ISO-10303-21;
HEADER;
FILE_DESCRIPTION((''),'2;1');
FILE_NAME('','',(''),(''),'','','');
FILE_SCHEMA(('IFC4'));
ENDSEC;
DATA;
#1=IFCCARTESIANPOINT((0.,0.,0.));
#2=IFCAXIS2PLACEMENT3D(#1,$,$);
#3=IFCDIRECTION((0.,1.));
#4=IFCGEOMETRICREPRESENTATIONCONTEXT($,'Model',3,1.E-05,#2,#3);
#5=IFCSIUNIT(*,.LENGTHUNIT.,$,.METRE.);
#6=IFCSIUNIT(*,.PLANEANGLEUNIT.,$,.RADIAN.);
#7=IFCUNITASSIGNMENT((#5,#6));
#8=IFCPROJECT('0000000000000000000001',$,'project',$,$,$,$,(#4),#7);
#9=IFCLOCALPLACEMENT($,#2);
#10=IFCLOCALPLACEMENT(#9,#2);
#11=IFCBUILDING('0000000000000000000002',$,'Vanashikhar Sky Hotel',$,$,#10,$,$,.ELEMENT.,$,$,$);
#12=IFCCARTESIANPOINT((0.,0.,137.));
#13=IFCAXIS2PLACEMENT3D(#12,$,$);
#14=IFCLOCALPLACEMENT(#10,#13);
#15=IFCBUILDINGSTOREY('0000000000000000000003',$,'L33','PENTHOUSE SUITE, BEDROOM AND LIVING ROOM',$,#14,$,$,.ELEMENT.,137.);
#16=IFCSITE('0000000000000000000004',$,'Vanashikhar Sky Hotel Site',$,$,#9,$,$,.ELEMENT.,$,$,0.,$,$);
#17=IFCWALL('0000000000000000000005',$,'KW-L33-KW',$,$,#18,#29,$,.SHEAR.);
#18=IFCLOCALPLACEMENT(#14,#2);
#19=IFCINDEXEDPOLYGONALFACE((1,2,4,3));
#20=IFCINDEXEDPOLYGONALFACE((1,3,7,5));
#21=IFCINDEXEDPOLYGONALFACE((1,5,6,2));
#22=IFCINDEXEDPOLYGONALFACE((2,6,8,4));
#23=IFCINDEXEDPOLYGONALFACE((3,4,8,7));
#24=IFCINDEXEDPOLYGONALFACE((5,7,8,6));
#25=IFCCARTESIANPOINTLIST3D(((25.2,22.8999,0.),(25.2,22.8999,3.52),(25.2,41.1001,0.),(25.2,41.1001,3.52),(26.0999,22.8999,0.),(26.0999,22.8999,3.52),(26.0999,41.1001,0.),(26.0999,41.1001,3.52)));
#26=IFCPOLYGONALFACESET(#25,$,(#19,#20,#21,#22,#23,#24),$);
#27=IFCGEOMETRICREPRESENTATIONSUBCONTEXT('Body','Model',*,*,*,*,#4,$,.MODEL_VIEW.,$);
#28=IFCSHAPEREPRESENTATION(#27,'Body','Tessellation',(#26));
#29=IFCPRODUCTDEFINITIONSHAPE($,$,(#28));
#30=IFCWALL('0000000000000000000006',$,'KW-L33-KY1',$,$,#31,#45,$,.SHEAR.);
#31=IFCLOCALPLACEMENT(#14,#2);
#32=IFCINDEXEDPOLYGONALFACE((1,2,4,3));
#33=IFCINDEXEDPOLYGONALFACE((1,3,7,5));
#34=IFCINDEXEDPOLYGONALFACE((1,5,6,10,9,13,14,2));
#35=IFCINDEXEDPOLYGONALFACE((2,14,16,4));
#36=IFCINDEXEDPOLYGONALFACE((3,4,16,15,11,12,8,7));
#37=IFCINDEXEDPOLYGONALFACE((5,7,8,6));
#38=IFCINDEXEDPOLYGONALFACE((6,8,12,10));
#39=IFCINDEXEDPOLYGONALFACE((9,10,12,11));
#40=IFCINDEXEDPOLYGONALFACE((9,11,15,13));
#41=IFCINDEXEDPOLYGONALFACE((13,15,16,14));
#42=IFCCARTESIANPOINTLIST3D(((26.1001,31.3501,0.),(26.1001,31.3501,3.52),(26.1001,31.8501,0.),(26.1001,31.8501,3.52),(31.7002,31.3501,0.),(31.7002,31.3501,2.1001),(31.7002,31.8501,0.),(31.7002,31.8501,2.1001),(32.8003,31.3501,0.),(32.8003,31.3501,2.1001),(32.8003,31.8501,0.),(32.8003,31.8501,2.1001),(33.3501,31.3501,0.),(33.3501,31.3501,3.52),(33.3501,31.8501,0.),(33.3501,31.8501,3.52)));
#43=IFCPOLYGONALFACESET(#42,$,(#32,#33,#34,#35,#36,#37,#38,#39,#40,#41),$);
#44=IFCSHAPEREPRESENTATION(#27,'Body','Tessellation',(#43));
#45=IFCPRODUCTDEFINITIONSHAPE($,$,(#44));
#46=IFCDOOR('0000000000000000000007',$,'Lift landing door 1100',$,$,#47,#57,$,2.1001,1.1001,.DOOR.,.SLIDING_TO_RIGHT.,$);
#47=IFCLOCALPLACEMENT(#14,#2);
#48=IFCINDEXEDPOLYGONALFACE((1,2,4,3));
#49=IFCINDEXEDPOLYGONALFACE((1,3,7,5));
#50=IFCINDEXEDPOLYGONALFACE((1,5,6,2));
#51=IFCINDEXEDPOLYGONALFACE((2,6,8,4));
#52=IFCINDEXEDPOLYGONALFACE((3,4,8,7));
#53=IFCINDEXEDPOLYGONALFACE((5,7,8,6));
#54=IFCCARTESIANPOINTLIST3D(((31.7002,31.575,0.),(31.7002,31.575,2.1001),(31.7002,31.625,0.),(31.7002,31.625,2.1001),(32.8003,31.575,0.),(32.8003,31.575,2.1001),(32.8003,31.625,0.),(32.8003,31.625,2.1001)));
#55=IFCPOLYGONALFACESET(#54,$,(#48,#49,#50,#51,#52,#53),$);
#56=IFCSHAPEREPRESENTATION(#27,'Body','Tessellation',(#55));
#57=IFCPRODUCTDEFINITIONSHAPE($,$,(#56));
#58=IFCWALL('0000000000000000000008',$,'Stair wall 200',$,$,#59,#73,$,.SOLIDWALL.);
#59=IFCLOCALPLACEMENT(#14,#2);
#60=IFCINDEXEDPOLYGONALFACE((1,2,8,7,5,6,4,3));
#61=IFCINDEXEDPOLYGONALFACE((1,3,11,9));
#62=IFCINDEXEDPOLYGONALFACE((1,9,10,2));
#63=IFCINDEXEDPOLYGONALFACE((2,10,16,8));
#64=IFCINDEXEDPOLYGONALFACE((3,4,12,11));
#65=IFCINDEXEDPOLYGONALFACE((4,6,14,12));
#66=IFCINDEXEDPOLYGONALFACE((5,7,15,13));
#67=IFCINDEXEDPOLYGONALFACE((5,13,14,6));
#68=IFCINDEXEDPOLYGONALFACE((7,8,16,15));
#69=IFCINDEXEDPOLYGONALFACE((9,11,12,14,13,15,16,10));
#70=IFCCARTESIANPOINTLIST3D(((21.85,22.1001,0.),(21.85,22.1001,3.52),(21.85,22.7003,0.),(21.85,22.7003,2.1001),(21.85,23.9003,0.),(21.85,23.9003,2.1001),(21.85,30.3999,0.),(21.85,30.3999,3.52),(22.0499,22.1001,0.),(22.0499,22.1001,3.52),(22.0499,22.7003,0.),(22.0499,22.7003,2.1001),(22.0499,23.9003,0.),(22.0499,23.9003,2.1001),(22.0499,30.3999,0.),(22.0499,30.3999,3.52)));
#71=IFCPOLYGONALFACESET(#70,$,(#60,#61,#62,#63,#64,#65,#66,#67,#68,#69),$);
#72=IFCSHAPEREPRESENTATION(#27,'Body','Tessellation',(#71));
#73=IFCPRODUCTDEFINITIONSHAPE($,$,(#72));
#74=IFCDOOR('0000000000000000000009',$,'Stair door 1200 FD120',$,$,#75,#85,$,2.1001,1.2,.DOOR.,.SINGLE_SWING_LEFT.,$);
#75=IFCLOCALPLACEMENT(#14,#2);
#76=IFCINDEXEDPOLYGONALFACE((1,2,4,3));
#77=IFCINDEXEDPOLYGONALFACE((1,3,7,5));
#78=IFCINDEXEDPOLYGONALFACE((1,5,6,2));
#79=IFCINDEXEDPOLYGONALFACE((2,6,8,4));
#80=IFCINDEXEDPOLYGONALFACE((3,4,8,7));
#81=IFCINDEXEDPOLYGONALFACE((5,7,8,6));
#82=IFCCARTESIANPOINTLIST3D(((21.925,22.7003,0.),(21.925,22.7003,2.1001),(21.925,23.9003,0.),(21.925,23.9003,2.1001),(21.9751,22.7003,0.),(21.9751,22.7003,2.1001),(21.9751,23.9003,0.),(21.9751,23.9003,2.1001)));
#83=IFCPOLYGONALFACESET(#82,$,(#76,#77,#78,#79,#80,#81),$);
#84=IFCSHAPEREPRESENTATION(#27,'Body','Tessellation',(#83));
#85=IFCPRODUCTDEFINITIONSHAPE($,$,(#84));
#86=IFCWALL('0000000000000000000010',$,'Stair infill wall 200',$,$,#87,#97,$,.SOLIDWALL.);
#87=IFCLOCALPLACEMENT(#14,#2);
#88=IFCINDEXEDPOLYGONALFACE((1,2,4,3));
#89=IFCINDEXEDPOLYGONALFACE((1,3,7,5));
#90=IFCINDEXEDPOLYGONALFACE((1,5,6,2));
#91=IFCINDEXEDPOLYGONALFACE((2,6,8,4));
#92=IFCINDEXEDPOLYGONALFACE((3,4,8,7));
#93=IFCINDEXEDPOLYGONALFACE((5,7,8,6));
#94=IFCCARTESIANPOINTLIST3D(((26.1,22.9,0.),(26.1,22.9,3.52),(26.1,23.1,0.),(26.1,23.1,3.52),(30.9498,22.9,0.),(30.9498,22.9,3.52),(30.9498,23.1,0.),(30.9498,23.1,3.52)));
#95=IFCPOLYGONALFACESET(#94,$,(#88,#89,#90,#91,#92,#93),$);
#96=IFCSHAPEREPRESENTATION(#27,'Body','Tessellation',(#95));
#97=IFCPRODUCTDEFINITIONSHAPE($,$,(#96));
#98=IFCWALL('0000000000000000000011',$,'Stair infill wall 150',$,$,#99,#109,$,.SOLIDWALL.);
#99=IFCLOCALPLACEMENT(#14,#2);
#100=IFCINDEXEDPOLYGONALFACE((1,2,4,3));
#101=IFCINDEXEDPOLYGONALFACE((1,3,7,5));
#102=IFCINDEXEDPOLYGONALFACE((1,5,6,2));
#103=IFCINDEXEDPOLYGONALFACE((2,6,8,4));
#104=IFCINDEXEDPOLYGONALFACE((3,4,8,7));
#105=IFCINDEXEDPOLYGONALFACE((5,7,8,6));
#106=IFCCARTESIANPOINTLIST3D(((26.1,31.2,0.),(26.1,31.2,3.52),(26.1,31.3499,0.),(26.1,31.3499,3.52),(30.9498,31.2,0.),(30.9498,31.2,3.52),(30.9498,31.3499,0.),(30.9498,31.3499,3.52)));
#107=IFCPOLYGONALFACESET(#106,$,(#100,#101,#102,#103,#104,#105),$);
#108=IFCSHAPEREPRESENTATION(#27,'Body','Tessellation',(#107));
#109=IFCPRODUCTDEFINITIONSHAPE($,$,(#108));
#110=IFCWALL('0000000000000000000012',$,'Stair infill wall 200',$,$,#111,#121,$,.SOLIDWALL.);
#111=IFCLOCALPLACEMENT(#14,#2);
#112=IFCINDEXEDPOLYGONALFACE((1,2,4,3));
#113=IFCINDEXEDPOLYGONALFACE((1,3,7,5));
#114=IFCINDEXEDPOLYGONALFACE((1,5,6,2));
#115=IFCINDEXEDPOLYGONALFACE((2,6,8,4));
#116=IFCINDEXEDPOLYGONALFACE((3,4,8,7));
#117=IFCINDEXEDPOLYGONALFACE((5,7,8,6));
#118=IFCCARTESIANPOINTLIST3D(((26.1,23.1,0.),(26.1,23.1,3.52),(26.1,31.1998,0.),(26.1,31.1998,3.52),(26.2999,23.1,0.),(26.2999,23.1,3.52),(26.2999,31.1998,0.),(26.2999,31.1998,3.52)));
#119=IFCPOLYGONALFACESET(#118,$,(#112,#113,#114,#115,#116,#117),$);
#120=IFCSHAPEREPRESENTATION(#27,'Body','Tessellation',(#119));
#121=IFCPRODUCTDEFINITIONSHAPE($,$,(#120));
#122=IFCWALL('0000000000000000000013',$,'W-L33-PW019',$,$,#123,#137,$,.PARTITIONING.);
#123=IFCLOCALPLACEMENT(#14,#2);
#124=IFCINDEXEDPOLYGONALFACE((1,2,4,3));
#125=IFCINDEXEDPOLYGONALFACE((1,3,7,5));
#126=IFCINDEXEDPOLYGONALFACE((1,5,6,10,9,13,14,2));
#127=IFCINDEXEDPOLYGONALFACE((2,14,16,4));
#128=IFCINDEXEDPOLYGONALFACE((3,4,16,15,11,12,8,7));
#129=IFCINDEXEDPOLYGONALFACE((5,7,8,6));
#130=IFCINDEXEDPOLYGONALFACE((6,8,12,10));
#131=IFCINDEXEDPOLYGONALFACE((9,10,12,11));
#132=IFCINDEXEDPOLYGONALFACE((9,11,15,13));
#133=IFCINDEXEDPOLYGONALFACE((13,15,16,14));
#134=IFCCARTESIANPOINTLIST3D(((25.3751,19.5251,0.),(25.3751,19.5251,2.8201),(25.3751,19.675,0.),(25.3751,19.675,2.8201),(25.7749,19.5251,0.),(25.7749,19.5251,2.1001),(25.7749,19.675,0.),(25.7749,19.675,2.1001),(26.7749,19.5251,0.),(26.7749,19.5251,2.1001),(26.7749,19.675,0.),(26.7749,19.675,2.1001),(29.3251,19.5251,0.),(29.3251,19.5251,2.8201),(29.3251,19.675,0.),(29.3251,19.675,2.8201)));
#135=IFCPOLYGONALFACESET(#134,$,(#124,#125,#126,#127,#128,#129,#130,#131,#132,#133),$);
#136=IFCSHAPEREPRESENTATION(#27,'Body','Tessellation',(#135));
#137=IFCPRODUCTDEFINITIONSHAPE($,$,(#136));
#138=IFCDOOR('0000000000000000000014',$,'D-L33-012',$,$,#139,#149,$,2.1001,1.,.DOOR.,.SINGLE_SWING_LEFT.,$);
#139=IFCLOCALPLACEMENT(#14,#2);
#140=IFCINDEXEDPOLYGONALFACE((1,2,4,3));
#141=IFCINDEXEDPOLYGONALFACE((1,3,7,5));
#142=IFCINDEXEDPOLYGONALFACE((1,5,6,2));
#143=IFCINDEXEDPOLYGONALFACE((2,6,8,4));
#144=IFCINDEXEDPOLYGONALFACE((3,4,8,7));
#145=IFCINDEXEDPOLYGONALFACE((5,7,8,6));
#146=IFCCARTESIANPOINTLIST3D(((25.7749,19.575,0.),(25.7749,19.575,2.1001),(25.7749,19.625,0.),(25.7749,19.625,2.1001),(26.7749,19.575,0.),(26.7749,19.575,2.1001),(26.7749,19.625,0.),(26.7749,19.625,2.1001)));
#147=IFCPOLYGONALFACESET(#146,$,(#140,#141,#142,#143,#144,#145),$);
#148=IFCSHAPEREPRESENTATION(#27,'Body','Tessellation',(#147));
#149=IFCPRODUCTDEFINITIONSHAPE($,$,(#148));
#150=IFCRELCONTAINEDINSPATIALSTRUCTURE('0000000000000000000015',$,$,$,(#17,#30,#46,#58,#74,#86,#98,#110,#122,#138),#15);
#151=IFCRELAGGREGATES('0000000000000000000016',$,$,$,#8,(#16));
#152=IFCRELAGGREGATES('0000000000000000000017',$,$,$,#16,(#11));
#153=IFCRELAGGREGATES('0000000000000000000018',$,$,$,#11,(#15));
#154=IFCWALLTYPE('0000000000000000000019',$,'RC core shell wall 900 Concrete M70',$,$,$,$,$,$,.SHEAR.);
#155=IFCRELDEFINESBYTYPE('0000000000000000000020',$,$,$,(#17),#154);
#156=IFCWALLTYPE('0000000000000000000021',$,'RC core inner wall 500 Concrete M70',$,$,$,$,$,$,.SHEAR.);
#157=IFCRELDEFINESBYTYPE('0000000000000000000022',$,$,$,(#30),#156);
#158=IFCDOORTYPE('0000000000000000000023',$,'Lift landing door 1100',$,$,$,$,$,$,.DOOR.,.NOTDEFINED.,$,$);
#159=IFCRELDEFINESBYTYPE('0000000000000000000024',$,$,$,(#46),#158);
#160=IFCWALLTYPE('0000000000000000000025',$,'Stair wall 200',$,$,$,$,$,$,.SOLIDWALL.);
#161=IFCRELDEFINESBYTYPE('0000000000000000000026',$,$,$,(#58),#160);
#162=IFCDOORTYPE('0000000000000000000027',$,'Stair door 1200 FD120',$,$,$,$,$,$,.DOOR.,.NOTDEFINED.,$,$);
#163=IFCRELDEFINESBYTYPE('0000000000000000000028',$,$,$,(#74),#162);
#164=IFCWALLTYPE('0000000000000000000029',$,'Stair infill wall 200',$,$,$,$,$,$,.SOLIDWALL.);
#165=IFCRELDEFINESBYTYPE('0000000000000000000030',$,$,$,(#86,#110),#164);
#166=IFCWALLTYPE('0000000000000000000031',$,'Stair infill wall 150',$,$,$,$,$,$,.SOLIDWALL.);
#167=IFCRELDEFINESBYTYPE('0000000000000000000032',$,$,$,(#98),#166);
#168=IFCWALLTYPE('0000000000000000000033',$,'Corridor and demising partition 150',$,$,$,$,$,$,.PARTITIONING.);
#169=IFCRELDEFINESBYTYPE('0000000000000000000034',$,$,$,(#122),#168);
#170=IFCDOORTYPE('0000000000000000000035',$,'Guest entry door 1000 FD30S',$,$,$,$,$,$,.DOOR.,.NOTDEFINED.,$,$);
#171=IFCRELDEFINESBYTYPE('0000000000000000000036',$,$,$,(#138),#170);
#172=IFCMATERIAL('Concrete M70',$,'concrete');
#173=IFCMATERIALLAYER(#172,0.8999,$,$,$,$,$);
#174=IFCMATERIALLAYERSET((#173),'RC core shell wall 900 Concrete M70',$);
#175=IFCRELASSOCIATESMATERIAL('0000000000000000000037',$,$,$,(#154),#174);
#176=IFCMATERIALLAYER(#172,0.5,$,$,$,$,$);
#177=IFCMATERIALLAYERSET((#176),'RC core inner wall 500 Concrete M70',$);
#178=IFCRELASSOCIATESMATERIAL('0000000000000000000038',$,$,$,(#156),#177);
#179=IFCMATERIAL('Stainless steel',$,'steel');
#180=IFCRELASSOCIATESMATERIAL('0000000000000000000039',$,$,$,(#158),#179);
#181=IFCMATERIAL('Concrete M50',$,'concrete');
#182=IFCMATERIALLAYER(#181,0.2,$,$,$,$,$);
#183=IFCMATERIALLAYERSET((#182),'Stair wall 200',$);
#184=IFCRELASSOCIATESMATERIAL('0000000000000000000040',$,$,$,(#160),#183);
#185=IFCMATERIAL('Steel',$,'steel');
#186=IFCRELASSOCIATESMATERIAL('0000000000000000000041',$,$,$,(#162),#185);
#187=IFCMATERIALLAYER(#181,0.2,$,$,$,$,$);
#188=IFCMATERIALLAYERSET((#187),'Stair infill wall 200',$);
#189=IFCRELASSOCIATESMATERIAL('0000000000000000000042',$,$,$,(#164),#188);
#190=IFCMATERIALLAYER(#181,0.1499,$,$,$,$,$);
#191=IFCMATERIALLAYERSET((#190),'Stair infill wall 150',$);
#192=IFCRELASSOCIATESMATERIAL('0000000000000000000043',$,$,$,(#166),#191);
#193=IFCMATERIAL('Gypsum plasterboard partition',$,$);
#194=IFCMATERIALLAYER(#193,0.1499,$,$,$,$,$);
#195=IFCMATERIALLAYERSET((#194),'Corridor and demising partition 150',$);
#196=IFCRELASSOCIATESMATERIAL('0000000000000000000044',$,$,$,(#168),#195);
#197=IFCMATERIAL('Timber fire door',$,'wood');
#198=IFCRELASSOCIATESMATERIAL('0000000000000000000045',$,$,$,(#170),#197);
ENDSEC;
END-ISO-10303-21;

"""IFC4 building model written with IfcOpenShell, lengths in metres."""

from ifc_helpers import new_model, si_unit, direction, frame, frame_2d, origin, place, context, subcontext, project, spatial, rectangle, extrude, source, transform, mapped, material, layer, layer_set, type_object, element, fill, save


model = new_model("IFC4")

# Units and contexts
model_context = context("Model", 3, precision=1e-05, world=origin(), true_north=direction((0.0, 1.0)))
body_context = subcontext(model_context, "Body", "Model", "MODEL_VIEW")
ifc_project = project(units=[si_unit("LENGTHUNIT", "METRE"), si_unit("PLANEANGLEUNIT", "RADIAN")], contexts=[model_context])

# Site, building, storey
site_placement = place(None, origin())
site = spatial("IfcSite", under=ifc_project, at=site_placement, Name="Vanashikhar Sky Hotel Site", CompositionType="ELEMENT", RefElevation=0.0)
building_placement = place(site_placement, origin())
building = spatial("IfcBuilding", under=site, at=building_placement, Name="Vanashikhar Sky Hotel", CompositionType="ELEMENT")
storey_placement = place(building_placement, frame((0.0, 0.0, 137.0)))
storey = spatial("IfcBuildingStorey", under=building, at=storey_placement, Name="L33", Description="PENTHOUSE SUITE, BEDROOM AND LIVING ROOM", CompositionType="ELEMENT", Elevation=137.0)

# Shared definitions
ifc_material_1 = material(Name="Concrete M70", Category="concrete")
ifc_layer_1 = layer(ifc_material_1, 0.8999)
ifc_layer_set_1 = layer_set([ifc_layer_1], Name="RC core shell wall 900 Concrete M70")
wall_type_1 = type_object("IfcWallType", Name="RC core shell wall 900 Concrete M70", PredefinedType="SHEAR", material=ifc_layer_set_1)
ifc_material_2 = material(Name="Steel", Category="steel")

# Wall
shared_shape_1 = source(origin(), body_context, "Body", "SweptSolid", [
    extrude(rectangle(XDim=18.2002, YDim=0.8999, at=frame_2d((9.1001, 0.0))), origin(), (0.0, 0.0, 1.0), 3.52),
])
wall_1_placement = place(storey_placement, frame((25.6499, 22.8999, 0.0), z_axis=(0.0, 0.0, 1.0), x_axis=(0.0, 1.0, 0.0)))
element("IfcWall", 1, at=wall_1_placement, inside=storey, type_object=wall_type_1, Name="KW-L33-KW", PredefinedType="SHEAR", context=body_context, shape_type="MappedRepresentation", body=[
    mapped(shared_shape_1, transform((0.0, 0.0, 0.0), scale=1.0)),
])

# Walls, openings, doors
ifc_layer_2 = layer(ifc_material_1, 0.5)
ifc_layer_set_2 = layer_set([ifc_layer_2], Name="RC core inner wall 500 Concrete M70")
wall_type_2 = type_object("IfcWallType", Name="RC core inner wall 500 Concrete M70", PredefinedType="SHEAR", material=ifc_layer_set_2)
shared_shape_2 = source(origin(), body_context, "Body", "SweptSolid", [
    extrude(rectangle(XDim=7.25, YDim=0.5, at=frame_2d((3.625, 0.0))), origin(), (0.0, 0.0, 1.0), 3.52),
])
wall_2_placement = place(storey_placement, frame((26.1001, 31.6001, 0.0), z_axis=(0.0, 0.0, 1.0), x_axis=(1.0, 0.0, 0.0)))
wall_2 = element("IfcWall", 2, at=wall_2_placement, inside=storey, type_object=wall_type_2, Name="KW-L33-KY1", PredefinedType="SHEAR", context=body_context, shape_type="MappedRepresentation", body=[
    mapped(shared_shape_2, transform((0.0, 0.0, 0.0), scale=1.0)),
])
shared_shape_3 = source(origin(), body_context, "Body", "SweptSolid", [
    extrude(rectangle(XDim=1.1001, YDim=2.1001, at=frame_2d((0.55, 1.05))), frame((0.0, 0.26, 0.0), z_axis=(0.0, -1.0, 0.0), x_axis=(1.0, 0.0, 0.0)), (0.0, 0.0, 1.0), 0.52),
])
opening_1_placement = place(wall_2_placement, frame((5.6001, 0.0, 0.0)))
opening_1 = element("IfcOpeningElement", 3, at=opening_1_placement, cuts=wall_2, PredefinedType="OPENING", context=body_context, shape_type="MappedRepresentation", body=[
    mapped(shared_shape_3, transform((0.0, 0.0, 0.0), scale=1.0)),
])
ifc_material_3 = material(Name="Stainless steel", Category="steel")
door_type_1 = type_object("IfcDoorType", Name="Lift landing door 1100", OperationType="NOTDEFINED", PredefinedType="DOOR", material=ifc_material_3)
shared_shape_4 = source(origin(), body_context, "Body", "SweptSolid", [
    extrude(rectangle(XDim=1.1001, YDim=2.1001, at=frame_2d((0.55, 1.05))), frame((0.0, 0.0249, 0.0), z_axis=(0.0, -1.0, 0.0), x_axis=(1.0, 0.0, 0.0)), (0.0, 0.0, 1.0), 0.05),
])
door_1_placement = place(opening_1_placement, origin())
door_1 = element("IfcDoor", 4, at=door_1_placement, inside=storey, type_object=door_type_1, Name="Lift landing door 1100", OperationType="SLIDING_TO_RIGHT", OverallHeight=2.1001, OverallWidth=1.1001, PredefinedType="DOOR", context=body_context, shape_type="MappedRepresentation", body=[
    mapped(shared_shape_4, transform((0.0, 0.0, 0.0), scale=1.0)),
])
fill(opening_1, door_1)
ifc_material_4 = material(Name="Concrete M50", Category="concrete")
ifc_layer_3 = layer(ifc_material_4, 0.2)
ifc_layer_set_3 = layer_set([ifc_layer_3], Name="Stair wall 200")
wall_type_3 = type_object("IfcWallType", Name="Stair wall 200", PredefinedType="SOLIDWALL", material=ifc_layer_set_3)
shared_shape_5 = source(origin(), body_context, "Body", "SweptSolid", [
    extrude(rectangle(XDim=8.2998, YDim=0.2, at=frame_2d((4.1499, 0.0))), origin(), (0.0, 0.0, 1.0), 3.52),
])
wall_3_placement = place(storey_placement, frame((21.95, 22.1001, 0.0), z_axis=(0.0, 0.0, 1.0), x_axis=(0.0, 1.0, 0.0)))
wall_3 = element("IfcWall", 5, at=wall_3_placement, inside=storey, type_object=wall_type_3, Name="Stair wall 200", PredefinedType="SOLIDWALL", context=body_context, shape_type="MappedRepresentation", body=[
    mapped(shared_shape_5, transform((0.0, 0.0, 0.0), scale=1.0)),
])
shared_shape_6 = source(origin(), body_context, "Body", "SweptSolid", [
    extrude(rectangle(XDim=1.2, YDim=2.1001, at=frame_2d((0.6001, 1.05))), frame((0.0, 0.1099, 0.0), z_axis=(0.0, -1.0, 0.0), x_axis=(1.0, 0.0, 0.0)), (0.0, 0.0, 1.0), 0.22),
])
opening_2_placement = place(wall_3_placement, frame((0.6001, 0.0, 0.0)))
opening_2 = element("IfcOpeningElement", 6, at=opening_2_placement, cuts=wall_3, PredefinedType="OPENING", context=body_context, shape_type="MappedRepresentation", body=[
    mapped(shared_shape_6, transform((0.0, 0.0, 0.0), scale=1.0)),
])
door_type_2 = type_object("IfcDoorType", Name="Stair door 1200 FD120", OperationType="NOTDEFINED", PredefinedType="DOOR", material=ifc_material_2)
shared_shape_7 = source(origin(), body_context, "Body", "SweptSolid", [
    extrude(rectangle(XDim=1.2, YDim=2.1001, at=frame_2d((0.6001, 1.05))), frame((0.0, 0.0249, 0.0), z_axis=(0.0, -1.0, 0.0), x_axis=(1.0, 0.0, 0.0)), (0.0, 0.0, 1.0), 0.05),
])
door_2_placement = place(opening_2_placement, origin())
door_2 = element("IfcDoor", 7, at=door_2_placement, inside=storey, type_object=door_type_2, Name="Stair door 1200 FD120", OperationType="SINGLE_SWING_LEFT", OverallHeight=2.1001, OverallWidth=1.2, PredefinedType="DOOR", context=body_context, shape_type="MappedRepresentation", body=[
    mapped(shared_shape_7, transform((0.0, 0.0, 0.0), scale=1.0)),
])
fill(opening_2, door_2)

# Walls
ifc_layer_4 = layer(ifc_material_4, 0.2)
ifc_layer_set_4 = layer_set([ifc_layer_4], Name="Stair infill wall 200")
wall_type_4 = type_object("IfcWallType", Name="Stair infill wall 200", PredefinedType="SOLIDWALL", material=ifc_layer_set_4)
shared_shape_8 = source(origin(), body_context, "Body", "SweptSolid", [
    extrude(rectangle(XDim=4.8499, YDim=0.2, at=frame_2d((2.4248, 0.0))), origin(), (0.0, 0.0, 1.0), 3.52),
])
wall_4_placement = place(storey_placement, frame((26.1001, 23.0, 0.0), z_axis=(0.0, 0.0, 1.0), x_axis=(1.0, 0.0, 0.0)))
element("IfcWall", 8, at=wall_4_placement, inside=storey, type_object=wall_type_4, Name="Stair infill wall 200", PredefinedType="SOLIDWALL", context=body_context, shape_type="MappedRepresentation", body=[
    mapped(shared_shape_8, transform((0.0, 0.0, 0.0), scale=1.0)),
])
ifc_layer_5 = layer(ifc_material_4, 0.1499)
ifc_layer_set_5 = layer_set([ifc_layer_5], Name="Stair infill wall 150")
wall_type_5 = type_object("IfcWallType", Name="Stair infill wall 150", PredefinedType="SOLIDWALL", material=ifc_layer_set_5)
shared_shape_9 = source(origin(), body_context, "Body", "SweptSolid", [
    extrude(rectangle(XDim=4.8499, YDim=0.1499, at=frame_2d((2.4248, 0.0))), origin(), (0.0, 0.0, 1.0), 3.52),
])
wall_5_placement = place(storey_placement, frame((26.1001, 31.2749, 0.0), z_axis=(0.0, 0.0, 1.0), x_axis=(1.0, 0.0, 0.0)))
element("IfcWall", 9, at=wall_5_placement, inside=storey, type_object=wall_type_5, Name="Stair infill wall 150", PredefinedType="SOLIDWALL", context=body_context, shape_type="MappedRepresentation", body=[
    mapped(shared_shape_9, transform((0.0, 0.0, 0.0), scale=1.0)),
])
shared_shape_10 = source(origin(), body_context, "Body", "SweptSolid", [
    extrude(rectangle(XDim=8.0999, YDim=0.2, at=frame_2d((4.0498, 0.0))), origin(), (0.0, 0.0, 1.0), 3.52),
])
wall_6_placement = place(storey_placement, frame((26.2, 23.1001, 0.0), z_axis=(0.0, 0.0, 1.0), x_axis=(0.0, 1.0, 0.0)))
element("IfcWall", 10, at=wall_6_placement, inside=storey, type_object=wall_type_4, Name="Stair infill wall 200", PredefinedType="SOLIDWALL", context=body_context, shape_type="MappedRepresentation", body=[
    mapped(shared_shape_10, transform((0.0, 0.0, 0.0), scale=1.0)),
])

# Wall, opening, door
ifc_material_5 = material(Name="Gypsum plasterboard partition")
ifc_layer_6 = layer(ifc_material_5, 0.1499)
ifc_layer_set_6 = layer_set([ifc_layer_6], Name="Corridor and demising partition 150")
wall_type_6 = type_object("IfcWallType", Name="Corridor and demising partition 150", PredefinedType="PARTITIONING", material=ifc_layer_set_6)
shared_shape_11 = source(origin(), body_context, "Body", "SweptSolid", [
    extrude(rectangle(XDim=3.95, YDim=0.1499, at=frame_2d((1.9751, 0.0))), origin(), (0.0, 0.0, 1.0), 2.8201),
])
wall_7_placement = place(storey_placement, frame((25.375, 19.6001, 0.0), z_axis=(0.0, 0.0, 1.0), x_axis=(1.0, 0.0, 0.0)))
wall_7 = element("IfcWall", 11, at=wall_7_placement, inside=storey, type_object=wall_type_6, Name="W-L33-PW019", PredefinedType="PARTITIONING", context=body_context, shape_type="MappedRepresentation", body=[
    mapped(shared_shape_11, transform((0.0, 0.0, 0.0), scale=1.0)),
])
shared_shape_12 = source(origin(), body_context, "Body", "SweptSolid", [
    extrude(rectangle(XDim=1.0, YDim=2.1001, at=frame_2d((0.5, 1.05))), frame((0.0, 0.085, 0.0), z_axis=(0.0, -1.0, 0.0), x_axis=(1.0, 0.0, 0.0)), (0.0, 0.0, 1.0), 0.1699),
])
opening_3_placement = place(wall_7_placement, frame((0.3999, 0.0, 0.0)))
opening_3 = element("IfcOpeningElement", 12, at=opening_3_placement, cuts=wall_7, PredefinedType="OPENING", context=body_context, shape_type="MappedRepresentation", body=[
    mapped(shared_shape_12, transform((0.0, 0.0, 0.0), scale=1.0)),
])
ifc_material_6 = material(Name="Timber fire door", Category="wood")
door_type_3 = type_object("IfcDoorType", Name="Guest entry door 1000 FD30S", OperationType="NOTDEFINED", PredefinedType="DOOR", material=ifc_material_6)
shared_shape_13 = source(origin(), body_context, "Body", "SweptSolid", [
    extrude(rectangle(XDim=1.0, YDim=2.1001, at=frame_2d((0.5, 1.05))), frame((0.0, 0.0249, 0.0), z_axis=(0.0, -1.0, 0.0), x_axis=(1.0, 0.0, 0.0)), (0.0, 0.0, 1.0), 0.05),
])
door_3_placement = place(opening_3_placement, origin())
door_3 = element("IfcDoor", 13, at=door_3_placement, inside=storey, type_object=door_type_3, Name="D-L33-012", OperationType="SINGLE_SWING_LEFT", OverallHeight=2.1001, OverallWidth=1.0, PredefinedType="DOOR", context=body_context, shape_type="MappedRepresentation", body=[
    mapped(shared_shape_13, transform((0.0, 0.0, 0.0), scale=1.0)),
])
fill(opening_3, door_3)

save(model, "model.ifc")
